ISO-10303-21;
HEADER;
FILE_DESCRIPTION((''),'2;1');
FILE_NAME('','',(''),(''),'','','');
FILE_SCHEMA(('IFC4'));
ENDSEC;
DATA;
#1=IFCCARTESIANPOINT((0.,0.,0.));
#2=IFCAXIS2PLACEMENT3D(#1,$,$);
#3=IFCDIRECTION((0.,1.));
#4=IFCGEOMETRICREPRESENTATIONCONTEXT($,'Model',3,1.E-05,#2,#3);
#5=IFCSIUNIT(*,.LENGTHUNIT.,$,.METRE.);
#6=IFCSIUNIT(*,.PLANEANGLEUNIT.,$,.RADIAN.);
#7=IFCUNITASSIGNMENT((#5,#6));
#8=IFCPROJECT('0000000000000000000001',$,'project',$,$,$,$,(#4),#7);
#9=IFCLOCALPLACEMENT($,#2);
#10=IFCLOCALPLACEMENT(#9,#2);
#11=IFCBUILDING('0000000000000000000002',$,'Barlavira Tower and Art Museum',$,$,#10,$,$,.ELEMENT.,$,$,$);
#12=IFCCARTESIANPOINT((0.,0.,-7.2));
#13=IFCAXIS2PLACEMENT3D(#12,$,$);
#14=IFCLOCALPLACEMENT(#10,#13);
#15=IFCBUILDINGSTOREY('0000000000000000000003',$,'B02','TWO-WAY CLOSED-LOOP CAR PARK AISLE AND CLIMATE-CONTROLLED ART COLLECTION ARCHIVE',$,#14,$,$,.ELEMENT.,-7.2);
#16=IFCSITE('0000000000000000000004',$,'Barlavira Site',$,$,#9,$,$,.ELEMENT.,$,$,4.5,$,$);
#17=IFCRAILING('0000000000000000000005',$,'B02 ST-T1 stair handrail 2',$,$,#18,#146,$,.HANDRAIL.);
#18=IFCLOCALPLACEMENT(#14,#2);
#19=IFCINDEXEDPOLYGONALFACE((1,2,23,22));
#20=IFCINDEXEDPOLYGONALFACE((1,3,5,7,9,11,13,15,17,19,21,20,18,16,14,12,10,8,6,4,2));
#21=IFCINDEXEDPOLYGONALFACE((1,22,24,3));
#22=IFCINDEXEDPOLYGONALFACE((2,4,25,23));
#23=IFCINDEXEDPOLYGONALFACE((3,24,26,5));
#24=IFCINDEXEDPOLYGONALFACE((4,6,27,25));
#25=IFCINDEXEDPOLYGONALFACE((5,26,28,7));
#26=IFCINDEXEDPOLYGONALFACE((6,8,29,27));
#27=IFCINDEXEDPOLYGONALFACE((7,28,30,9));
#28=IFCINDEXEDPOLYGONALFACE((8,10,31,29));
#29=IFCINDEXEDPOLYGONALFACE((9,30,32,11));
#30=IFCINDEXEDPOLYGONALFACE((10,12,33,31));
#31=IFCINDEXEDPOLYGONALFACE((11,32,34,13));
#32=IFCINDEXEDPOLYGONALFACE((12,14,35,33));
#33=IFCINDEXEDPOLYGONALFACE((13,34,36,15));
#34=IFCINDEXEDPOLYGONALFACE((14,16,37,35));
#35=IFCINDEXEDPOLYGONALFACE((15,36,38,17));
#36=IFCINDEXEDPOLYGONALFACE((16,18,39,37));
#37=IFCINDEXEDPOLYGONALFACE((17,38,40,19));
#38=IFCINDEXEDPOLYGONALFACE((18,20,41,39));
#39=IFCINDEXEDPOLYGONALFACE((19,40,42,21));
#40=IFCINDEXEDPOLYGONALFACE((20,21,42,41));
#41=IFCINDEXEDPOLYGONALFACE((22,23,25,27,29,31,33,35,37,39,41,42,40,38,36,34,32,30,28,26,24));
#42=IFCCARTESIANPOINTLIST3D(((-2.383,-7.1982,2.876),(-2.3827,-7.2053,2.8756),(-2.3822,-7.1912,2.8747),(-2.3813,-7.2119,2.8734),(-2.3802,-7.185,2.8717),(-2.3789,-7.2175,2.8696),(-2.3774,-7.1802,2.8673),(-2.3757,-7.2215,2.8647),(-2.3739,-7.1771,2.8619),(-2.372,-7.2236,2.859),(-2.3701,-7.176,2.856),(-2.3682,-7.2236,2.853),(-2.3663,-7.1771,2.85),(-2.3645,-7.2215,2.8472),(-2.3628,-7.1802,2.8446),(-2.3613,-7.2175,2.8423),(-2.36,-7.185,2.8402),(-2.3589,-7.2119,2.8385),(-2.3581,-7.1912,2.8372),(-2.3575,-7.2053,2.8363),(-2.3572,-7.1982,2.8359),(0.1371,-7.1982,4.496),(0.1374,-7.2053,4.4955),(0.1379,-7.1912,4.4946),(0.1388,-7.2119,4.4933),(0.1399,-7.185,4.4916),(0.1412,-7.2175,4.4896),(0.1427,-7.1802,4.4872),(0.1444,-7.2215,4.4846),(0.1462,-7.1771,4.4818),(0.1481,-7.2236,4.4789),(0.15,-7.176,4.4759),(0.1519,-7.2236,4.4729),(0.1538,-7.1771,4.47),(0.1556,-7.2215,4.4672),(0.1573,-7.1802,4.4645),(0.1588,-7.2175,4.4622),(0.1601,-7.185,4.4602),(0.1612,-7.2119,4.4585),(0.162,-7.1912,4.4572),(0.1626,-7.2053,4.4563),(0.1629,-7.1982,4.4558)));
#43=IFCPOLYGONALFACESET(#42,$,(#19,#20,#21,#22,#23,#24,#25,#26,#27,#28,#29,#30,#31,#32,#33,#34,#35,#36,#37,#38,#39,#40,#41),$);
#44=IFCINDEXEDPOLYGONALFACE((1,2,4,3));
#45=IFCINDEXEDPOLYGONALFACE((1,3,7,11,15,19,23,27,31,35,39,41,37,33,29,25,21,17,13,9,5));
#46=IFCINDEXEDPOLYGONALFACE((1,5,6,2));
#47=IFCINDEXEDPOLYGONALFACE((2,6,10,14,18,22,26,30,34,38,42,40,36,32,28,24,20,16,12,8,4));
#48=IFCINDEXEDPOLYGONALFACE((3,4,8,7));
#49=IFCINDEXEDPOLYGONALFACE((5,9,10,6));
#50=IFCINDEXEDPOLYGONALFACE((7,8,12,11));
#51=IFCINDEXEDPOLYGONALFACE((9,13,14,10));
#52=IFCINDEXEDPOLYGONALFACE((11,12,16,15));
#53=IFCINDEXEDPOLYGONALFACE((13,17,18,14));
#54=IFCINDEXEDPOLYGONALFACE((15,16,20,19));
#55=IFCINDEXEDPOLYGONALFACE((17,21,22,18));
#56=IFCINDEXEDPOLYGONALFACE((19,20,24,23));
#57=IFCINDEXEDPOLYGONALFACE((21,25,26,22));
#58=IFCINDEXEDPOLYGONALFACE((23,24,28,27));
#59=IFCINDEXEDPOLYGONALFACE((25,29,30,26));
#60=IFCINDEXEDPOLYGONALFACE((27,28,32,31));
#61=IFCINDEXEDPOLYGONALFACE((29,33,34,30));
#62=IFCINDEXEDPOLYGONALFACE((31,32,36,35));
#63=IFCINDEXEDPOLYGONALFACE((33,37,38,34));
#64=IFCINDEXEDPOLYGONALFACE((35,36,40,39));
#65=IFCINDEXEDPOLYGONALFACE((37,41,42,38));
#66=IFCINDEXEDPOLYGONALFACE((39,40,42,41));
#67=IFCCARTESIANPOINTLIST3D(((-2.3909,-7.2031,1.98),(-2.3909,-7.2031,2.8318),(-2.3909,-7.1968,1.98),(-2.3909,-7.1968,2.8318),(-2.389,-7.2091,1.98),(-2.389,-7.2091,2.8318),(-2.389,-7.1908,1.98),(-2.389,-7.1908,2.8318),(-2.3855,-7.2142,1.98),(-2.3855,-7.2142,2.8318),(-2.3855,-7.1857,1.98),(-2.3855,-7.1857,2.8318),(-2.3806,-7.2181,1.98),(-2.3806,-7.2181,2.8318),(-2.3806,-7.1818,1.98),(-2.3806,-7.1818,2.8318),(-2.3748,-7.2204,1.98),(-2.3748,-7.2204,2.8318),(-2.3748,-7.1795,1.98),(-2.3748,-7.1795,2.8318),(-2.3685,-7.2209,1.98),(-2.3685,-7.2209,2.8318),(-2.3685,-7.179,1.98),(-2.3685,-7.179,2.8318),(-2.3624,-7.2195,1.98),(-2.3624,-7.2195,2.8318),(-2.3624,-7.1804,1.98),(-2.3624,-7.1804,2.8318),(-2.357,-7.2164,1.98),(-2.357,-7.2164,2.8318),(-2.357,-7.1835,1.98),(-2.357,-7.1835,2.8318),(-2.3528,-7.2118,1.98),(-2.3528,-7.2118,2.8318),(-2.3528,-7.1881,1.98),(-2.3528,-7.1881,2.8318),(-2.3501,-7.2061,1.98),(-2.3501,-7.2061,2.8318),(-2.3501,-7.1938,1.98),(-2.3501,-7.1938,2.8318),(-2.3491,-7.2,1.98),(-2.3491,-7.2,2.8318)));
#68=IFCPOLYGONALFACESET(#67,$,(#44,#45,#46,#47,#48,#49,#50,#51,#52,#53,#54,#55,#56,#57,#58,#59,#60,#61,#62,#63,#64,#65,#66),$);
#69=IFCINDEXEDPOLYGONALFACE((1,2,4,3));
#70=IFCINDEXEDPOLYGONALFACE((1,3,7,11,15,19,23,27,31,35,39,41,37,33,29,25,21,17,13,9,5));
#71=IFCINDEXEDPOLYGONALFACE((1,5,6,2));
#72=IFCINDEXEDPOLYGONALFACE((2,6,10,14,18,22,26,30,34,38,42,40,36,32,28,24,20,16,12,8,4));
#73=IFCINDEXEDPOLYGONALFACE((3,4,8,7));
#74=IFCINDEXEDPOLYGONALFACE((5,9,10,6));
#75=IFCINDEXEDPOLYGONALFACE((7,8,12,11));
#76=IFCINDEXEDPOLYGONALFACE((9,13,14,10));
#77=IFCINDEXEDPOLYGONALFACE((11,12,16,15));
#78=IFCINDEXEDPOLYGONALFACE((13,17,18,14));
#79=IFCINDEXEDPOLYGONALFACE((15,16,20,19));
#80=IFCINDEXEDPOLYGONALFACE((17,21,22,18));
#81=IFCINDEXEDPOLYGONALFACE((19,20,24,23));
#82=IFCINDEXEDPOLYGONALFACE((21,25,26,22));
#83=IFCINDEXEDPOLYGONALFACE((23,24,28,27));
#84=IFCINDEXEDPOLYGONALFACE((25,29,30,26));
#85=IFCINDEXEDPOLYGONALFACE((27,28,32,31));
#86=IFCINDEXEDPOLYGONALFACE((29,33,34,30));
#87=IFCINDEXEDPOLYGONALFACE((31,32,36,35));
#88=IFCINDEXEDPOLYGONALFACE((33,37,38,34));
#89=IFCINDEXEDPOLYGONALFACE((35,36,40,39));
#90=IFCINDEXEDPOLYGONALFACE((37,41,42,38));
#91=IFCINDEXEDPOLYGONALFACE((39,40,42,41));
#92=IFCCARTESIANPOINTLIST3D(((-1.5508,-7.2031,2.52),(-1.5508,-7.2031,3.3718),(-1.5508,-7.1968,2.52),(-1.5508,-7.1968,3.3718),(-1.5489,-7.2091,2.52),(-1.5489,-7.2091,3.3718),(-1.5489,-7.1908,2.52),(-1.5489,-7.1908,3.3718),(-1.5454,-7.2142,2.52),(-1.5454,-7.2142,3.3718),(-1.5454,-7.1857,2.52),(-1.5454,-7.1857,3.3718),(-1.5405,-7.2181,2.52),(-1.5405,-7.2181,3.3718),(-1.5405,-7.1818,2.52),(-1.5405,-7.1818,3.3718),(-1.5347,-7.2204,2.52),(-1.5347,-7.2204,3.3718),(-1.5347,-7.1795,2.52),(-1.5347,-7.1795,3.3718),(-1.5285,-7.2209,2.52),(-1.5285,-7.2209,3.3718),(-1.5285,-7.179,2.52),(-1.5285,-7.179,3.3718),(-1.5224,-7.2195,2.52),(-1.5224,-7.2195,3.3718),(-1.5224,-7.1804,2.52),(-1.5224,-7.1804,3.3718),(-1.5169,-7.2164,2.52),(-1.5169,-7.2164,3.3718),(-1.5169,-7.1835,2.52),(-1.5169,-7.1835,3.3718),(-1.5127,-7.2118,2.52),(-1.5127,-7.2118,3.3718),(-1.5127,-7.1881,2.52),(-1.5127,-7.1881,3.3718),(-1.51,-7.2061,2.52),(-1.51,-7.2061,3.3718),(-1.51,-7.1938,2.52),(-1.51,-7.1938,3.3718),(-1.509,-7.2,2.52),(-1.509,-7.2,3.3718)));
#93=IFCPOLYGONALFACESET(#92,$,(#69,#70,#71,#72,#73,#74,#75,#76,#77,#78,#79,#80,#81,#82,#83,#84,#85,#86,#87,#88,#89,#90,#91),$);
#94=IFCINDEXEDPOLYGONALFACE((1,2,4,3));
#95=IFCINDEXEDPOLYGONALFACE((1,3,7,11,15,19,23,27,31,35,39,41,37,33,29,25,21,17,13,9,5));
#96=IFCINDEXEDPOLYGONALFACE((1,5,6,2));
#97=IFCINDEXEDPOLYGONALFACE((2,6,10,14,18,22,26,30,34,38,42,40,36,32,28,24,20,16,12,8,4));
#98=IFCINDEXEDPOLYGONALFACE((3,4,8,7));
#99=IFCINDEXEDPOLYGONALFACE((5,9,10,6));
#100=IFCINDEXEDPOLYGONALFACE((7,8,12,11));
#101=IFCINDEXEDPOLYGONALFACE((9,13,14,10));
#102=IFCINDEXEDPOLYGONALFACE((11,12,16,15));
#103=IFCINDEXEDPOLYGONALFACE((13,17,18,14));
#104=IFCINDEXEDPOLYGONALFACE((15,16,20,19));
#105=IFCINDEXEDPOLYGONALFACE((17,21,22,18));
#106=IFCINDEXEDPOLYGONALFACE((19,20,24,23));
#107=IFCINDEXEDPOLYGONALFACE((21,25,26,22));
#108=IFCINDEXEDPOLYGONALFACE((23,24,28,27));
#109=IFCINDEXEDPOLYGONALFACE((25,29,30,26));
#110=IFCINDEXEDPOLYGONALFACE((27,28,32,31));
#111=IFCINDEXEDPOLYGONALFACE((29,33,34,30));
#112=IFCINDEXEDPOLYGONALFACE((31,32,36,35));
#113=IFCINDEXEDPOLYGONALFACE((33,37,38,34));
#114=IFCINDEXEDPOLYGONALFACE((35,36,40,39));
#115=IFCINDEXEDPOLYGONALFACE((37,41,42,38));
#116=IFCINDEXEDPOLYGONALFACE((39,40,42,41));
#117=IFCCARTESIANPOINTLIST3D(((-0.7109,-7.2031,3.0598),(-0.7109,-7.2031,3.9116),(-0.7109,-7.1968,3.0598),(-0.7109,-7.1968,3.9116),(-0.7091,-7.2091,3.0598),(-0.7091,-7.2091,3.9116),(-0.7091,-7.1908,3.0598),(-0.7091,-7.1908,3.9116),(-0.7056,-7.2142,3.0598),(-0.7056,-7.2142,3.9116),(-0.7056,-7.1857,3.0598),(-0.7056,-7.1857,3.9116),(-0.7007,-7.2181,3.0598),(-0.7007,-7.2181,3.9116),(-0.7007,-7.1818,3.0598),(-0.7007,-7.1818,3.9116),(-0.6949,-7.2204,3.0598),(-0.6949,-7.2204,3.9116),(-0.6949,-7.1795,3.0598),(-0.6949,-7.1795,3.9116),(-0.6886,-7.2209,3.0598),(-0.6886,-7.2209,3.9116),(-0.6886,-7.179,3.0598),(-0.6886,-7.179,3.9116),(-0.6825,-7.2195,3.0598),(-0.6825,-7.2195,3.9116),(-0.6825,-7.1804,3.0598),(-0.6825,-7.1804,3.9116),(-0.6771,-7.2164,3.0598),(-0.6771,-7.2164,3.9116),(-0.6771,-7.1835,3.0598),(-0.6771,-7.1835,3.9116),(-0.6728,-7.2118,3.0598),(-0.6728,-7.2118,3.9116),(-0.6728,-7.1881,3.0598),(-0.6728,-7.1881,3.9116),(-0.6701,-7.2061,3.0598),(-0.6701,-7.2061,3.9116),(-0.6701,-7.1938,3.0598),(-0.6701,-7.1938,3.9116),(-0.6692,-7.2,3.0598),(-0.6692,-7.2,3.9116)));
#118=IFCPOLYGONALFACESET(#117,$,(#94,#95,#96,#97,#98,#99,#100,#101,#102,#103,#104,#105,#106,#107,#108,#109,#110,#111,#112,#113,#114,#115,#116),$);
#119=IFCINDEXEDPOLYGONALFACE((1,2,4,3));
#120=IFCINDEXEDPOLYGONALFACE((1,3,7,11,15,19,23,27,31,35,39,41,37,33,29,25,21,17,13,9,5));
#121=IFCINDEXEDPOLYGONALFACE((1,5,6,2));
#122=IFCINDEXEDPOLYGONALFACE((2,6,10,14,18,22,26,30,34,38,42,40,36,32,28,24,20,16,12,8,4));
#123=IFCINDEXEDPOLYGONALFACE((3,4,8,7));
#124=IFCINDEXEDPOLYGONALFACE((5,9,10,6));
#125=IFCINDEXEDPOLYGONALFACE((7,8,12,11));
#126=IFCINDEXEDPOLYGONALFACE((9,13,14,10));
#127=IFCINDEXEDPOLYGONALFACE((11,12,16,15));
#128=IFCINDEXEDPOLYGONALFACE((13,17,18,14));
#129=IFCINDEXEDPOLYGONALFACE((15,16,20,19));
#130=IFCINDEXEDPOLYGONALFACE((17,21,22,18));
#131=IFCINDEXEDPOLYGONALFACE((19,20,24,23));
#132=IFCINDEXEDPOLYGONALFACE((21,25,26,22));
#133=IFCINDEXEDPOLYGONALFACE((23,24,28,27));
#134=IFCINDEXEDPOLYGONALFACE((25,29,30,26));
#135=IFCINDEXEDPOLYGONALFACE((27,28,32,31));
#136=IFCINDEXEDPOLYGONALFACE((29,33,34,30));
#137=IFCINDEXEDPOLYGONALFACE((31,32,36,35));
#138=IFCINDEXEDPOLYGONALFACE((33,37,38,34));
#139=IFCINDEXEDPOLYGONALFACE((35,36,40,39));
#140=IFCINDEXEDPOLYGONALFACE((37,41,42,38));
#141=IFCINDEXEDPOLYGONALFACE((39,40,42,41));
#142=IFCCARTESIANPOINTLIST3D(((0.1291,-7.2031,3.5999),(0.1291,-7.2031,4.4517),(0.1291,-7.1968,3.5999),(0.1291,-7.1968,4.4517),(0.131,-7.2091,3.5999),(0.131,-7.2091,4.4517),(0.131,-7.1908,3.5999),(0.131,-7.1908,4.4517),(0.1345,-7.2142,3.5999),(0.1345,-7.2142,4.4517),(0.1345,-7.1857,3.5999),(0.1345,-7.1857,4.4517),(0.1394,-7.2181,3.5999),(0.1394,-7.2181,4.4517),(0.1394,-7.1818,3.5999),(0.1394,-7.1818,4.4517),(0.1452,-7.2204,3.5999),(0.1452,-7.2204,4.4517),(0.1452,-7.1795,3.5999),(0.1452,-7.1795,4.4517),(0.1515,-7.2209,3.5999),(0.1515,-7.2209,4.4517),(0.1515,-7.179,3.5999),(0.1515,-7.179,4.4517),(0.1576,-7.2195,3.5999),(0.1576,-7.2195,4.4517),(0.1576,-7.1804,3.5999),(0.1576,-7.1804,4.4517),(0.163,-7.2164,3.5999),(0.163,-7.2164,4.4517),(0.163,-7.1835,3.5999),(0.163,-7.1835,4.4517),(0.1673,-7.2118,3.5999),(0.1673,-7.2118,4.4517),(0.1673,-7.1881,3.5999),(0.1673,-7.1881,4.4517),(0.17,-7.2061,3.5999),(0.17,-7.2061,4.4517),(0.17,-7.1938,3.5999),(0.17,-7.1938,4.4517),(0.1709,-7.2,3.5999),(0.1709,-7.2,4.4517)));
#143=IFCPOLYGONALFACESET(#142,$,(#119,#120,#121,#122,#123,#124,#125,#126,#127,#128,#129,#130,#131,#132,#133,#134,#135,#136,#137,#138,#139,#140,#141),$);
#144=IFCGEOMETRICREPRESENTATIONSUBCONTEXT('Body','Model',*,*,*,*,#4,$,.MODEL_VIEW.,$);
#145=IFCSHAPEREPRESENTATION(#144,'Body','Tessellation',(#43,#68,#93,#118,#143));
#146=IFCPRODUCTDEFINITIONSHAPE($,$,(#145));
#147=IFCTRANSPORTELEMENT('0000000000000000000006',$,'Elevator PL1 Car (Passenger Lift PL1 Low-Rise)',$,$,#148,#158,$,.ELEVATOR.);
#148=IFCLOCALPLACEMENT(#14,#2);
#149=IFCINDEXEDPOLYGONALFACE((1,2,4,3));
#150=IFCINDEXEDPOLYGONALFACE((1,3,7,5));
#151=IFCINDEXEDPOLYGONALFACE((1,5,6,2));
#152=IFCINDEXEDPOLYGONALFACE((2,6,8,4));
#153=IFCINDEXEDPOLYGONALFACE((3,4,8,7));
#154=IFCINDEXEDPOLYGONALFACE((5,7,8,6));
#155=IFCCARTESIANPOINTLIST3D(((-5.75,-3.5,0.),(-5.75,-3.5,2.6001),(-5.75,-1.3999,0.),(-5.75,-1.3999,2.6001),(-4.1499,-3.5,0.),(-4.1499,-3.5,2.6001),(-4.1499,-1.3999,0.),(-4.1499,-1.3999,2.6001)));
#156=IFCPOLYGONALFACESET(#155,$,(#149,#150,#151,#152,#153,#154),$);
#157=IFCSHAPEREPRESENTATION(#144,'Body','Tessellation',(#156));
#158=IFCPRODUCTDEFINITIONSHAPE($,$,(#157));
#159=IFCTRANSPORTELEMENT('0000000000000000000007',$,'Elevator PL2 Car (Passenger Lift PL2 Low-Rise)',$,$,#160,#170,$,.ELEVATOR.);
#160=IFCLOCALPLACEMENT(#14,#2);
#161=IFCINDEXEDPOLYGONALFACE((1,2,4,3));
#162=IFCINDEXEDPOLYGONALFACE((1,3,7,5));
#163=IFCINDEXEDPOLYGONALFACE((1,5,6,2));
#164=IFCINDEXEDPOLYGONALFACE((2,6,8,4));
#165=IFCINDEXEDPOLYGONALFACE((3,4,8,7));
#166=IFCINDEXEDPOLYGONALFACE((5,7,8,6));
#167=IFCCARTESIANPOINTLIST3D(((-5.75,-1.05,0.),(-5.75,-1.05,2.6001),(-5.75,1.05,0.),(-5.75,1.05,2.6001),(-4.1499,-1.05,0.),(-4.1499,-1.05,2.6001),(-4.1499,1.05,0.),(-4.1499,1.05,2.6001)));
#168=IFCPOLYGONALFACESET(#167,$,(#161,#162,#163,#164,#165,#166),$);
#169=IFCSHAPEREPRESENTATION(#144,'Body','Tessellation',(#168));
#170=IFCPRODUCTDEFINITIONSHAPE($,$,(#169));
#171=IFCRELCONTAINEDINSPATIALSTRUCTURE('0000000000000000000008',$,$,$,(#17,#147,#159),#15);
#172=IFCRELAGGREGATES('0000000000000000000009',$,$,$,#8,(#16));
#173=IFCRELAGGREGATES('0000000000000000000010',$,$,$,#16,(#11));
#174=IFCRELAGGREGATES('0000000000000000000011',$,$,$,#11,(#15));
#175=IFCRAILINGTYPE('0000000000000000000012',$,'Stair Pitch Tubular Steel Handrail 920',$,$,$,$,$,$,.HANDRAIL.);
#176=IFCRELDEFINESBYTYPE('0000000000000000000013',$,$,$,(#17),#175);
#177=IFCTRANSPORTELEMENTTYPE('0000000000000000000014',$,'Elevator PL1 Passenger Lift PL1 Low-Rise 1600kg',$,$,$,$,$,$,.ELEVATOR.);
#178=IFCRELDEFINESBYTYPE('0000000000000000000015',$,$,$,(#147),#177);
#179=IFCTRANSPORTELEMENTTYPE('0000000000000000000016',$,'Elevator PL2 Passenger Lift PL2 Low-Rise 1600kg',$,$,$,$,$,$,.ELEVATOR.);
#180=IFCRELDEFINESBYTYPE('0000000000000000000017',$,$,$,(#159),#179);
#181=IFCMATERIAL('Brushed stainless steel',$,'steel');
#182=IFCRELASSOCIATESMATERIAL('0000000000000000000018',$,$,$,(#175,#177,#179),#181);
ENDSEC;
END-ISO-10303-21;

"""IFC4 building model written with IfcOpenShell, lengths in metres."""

from ifc_helpers import new_model, si_unit, direction, frame, origin, origin_2d, place, context, subcontext, project, spatial, rectangle, circle, extrude, material, type_object, element, save


model = new_model("IFC4")

# Units and contexts
model_context = context("Model", 3, precision=1e-05, world=origin(), true_north=direction((0.0, 1.0)))
body_context = subcontext(model_context, "Body", "Model", "MODEL_VIEW")
ifc_project = project(units=[si_unit("LENGTHUNIT", "METRE"), si_unit("PLANEANGLEUNIT", "RADIAN")], contexts=[model_context])

# Site, building, storey
site_placement = place(None, origin())
site = spatial("IfcSite", under=ifc_project, at=site_placement, Name="Barlavira Site", CompositionType="ELEMENT", RefElevation=4.5)
building_placement = place(site_placement, origin())
building = spatial("IfcBuilding", under=site, at=building_placement, Name="Barlavira Tower and Art Museum", CompositionType="ELEMENT")
storey_placement = place(building_placement, frame((0.0, 0.0, -7.2)))
storey = spatial("IfcBuildingStorey", under=building, at=storey_placement, Name="B02", Description="TWO-WAY CLOSED-LOOP CAR PARK AISLE AND CLIMATE-CONTROLLED ART COLLECTION ARCHIVE", CompositionType="ELEMENT", Elevation=-7.2)

# Shared definitions
ifc_material_1 = material(Name="Brushed stainless steel", Category="steel")

# Railing
railing_type_1 = type_object("IfcRailingType", Name="Stair Pitch Tubular Steel Handrail 920", PredefinedType="HANDRAIL", material=ifc_material_1)
railing_1_placement = place(storey_placement, frame((-2.3701, -7.2, 1.98)))
element("IfcRailing", 1, at=railing_1_placement, inside=storey, type_object=railing_type_1, Name="B02 ST-T1 stair handrail 2", PredefinedType="HANDRAIL", context=body_context, shape_type="SweptSolid", body=[
    extrude(circle(Radius=0.0239, at=origin_2d()), frame((0.0, 0.0, 0.876), z_axis=(0.8412, 0.0, 0.540725), x_axis=(0.0, 1.0, 0.0)), (0.0, 0.0, 1.0), 2.9958),
    extrude(circle(Radius=0.021, at=origin_2d()), origin(), (0.0, 0.0, 1.0), 0.8518),
    extrude(circle(Radius=0.021, at=origin_2d()), frame((0.8401, 0.0, 0.54)), (0.0, 0.0, 1.0), 0.8518),
    extrude(circle(Radius=0.021, at=origin_2d()), frame((1.6799, 0.0, 1.0798)), (0.0, 0.0, 1.0), 0.8518),
    extrude(circle(Radius=0.021, at=origin_2d()), frame((2.52, 0.0, 1.6199)), (0.0, 0.0, 1.0), 0.8518),
])

# Transport elements
transport_element_type_1 = type_object("IfcTransportElementType", Name="Elevator PL1 Passenger Lift PL1 Low-Rise 1600kg", PredefinedType="ELEVATOR", material=ifc_material_1)
transport_element_1_placement = place(storey_placement, frame((-4.95, -2.45, 0.0), z_axis=(0.0, 0.0, 1.0), x_axis=(1.0, 0.0, 0.0)))
element("IfcTransportElement", 2, at=transport_element_1_placement, inside=storey, type_object=transport_element_type_1, Name="Elevator PL1 Car (Passenger Lift PL1 Low-Rise)", PredefinedType="ELEVATOR", context=body_context, shape_type="SweptSolid", body=[
    extrude(rectangle(XDim=1.6001, YDim=2.1001, at=origin_2d()), origin(), (0.0, 0.0, 1.0), 2.6001),
])
transport_element_type_2 = type_object("IfcTransportElementType", Name="Elevator PL2 Passenger Lift PL2 Low-Rise 1600kg", PredefinedType="ELEVATOR", material=ifc_material_1)
transport_element_2_placement = place(storey_placement, frame((-4.95, 0.0, 0.0), z_axis=(0.0, 0.0, 1.0), x_axis=(1.0, 0.0, 0.0)))
element("IfcTransportElement", 3, at=transport_element_2_placement, inside=storey, type_object=transport_element_type_2, Name="Elevator PL2 Car (Passenger Lift PL2 Low-Rise)", PredefinedType="ELEVATOR", context=body_context, shape_type="SweptSolid", body=[
    extrude(rectangle(XDim=1.6001, YDim=2.1001, at=origin_2d()), origin(), (0.0, 0.0, 1.0), 2.6001),
])

save(model, "model.ifc")
